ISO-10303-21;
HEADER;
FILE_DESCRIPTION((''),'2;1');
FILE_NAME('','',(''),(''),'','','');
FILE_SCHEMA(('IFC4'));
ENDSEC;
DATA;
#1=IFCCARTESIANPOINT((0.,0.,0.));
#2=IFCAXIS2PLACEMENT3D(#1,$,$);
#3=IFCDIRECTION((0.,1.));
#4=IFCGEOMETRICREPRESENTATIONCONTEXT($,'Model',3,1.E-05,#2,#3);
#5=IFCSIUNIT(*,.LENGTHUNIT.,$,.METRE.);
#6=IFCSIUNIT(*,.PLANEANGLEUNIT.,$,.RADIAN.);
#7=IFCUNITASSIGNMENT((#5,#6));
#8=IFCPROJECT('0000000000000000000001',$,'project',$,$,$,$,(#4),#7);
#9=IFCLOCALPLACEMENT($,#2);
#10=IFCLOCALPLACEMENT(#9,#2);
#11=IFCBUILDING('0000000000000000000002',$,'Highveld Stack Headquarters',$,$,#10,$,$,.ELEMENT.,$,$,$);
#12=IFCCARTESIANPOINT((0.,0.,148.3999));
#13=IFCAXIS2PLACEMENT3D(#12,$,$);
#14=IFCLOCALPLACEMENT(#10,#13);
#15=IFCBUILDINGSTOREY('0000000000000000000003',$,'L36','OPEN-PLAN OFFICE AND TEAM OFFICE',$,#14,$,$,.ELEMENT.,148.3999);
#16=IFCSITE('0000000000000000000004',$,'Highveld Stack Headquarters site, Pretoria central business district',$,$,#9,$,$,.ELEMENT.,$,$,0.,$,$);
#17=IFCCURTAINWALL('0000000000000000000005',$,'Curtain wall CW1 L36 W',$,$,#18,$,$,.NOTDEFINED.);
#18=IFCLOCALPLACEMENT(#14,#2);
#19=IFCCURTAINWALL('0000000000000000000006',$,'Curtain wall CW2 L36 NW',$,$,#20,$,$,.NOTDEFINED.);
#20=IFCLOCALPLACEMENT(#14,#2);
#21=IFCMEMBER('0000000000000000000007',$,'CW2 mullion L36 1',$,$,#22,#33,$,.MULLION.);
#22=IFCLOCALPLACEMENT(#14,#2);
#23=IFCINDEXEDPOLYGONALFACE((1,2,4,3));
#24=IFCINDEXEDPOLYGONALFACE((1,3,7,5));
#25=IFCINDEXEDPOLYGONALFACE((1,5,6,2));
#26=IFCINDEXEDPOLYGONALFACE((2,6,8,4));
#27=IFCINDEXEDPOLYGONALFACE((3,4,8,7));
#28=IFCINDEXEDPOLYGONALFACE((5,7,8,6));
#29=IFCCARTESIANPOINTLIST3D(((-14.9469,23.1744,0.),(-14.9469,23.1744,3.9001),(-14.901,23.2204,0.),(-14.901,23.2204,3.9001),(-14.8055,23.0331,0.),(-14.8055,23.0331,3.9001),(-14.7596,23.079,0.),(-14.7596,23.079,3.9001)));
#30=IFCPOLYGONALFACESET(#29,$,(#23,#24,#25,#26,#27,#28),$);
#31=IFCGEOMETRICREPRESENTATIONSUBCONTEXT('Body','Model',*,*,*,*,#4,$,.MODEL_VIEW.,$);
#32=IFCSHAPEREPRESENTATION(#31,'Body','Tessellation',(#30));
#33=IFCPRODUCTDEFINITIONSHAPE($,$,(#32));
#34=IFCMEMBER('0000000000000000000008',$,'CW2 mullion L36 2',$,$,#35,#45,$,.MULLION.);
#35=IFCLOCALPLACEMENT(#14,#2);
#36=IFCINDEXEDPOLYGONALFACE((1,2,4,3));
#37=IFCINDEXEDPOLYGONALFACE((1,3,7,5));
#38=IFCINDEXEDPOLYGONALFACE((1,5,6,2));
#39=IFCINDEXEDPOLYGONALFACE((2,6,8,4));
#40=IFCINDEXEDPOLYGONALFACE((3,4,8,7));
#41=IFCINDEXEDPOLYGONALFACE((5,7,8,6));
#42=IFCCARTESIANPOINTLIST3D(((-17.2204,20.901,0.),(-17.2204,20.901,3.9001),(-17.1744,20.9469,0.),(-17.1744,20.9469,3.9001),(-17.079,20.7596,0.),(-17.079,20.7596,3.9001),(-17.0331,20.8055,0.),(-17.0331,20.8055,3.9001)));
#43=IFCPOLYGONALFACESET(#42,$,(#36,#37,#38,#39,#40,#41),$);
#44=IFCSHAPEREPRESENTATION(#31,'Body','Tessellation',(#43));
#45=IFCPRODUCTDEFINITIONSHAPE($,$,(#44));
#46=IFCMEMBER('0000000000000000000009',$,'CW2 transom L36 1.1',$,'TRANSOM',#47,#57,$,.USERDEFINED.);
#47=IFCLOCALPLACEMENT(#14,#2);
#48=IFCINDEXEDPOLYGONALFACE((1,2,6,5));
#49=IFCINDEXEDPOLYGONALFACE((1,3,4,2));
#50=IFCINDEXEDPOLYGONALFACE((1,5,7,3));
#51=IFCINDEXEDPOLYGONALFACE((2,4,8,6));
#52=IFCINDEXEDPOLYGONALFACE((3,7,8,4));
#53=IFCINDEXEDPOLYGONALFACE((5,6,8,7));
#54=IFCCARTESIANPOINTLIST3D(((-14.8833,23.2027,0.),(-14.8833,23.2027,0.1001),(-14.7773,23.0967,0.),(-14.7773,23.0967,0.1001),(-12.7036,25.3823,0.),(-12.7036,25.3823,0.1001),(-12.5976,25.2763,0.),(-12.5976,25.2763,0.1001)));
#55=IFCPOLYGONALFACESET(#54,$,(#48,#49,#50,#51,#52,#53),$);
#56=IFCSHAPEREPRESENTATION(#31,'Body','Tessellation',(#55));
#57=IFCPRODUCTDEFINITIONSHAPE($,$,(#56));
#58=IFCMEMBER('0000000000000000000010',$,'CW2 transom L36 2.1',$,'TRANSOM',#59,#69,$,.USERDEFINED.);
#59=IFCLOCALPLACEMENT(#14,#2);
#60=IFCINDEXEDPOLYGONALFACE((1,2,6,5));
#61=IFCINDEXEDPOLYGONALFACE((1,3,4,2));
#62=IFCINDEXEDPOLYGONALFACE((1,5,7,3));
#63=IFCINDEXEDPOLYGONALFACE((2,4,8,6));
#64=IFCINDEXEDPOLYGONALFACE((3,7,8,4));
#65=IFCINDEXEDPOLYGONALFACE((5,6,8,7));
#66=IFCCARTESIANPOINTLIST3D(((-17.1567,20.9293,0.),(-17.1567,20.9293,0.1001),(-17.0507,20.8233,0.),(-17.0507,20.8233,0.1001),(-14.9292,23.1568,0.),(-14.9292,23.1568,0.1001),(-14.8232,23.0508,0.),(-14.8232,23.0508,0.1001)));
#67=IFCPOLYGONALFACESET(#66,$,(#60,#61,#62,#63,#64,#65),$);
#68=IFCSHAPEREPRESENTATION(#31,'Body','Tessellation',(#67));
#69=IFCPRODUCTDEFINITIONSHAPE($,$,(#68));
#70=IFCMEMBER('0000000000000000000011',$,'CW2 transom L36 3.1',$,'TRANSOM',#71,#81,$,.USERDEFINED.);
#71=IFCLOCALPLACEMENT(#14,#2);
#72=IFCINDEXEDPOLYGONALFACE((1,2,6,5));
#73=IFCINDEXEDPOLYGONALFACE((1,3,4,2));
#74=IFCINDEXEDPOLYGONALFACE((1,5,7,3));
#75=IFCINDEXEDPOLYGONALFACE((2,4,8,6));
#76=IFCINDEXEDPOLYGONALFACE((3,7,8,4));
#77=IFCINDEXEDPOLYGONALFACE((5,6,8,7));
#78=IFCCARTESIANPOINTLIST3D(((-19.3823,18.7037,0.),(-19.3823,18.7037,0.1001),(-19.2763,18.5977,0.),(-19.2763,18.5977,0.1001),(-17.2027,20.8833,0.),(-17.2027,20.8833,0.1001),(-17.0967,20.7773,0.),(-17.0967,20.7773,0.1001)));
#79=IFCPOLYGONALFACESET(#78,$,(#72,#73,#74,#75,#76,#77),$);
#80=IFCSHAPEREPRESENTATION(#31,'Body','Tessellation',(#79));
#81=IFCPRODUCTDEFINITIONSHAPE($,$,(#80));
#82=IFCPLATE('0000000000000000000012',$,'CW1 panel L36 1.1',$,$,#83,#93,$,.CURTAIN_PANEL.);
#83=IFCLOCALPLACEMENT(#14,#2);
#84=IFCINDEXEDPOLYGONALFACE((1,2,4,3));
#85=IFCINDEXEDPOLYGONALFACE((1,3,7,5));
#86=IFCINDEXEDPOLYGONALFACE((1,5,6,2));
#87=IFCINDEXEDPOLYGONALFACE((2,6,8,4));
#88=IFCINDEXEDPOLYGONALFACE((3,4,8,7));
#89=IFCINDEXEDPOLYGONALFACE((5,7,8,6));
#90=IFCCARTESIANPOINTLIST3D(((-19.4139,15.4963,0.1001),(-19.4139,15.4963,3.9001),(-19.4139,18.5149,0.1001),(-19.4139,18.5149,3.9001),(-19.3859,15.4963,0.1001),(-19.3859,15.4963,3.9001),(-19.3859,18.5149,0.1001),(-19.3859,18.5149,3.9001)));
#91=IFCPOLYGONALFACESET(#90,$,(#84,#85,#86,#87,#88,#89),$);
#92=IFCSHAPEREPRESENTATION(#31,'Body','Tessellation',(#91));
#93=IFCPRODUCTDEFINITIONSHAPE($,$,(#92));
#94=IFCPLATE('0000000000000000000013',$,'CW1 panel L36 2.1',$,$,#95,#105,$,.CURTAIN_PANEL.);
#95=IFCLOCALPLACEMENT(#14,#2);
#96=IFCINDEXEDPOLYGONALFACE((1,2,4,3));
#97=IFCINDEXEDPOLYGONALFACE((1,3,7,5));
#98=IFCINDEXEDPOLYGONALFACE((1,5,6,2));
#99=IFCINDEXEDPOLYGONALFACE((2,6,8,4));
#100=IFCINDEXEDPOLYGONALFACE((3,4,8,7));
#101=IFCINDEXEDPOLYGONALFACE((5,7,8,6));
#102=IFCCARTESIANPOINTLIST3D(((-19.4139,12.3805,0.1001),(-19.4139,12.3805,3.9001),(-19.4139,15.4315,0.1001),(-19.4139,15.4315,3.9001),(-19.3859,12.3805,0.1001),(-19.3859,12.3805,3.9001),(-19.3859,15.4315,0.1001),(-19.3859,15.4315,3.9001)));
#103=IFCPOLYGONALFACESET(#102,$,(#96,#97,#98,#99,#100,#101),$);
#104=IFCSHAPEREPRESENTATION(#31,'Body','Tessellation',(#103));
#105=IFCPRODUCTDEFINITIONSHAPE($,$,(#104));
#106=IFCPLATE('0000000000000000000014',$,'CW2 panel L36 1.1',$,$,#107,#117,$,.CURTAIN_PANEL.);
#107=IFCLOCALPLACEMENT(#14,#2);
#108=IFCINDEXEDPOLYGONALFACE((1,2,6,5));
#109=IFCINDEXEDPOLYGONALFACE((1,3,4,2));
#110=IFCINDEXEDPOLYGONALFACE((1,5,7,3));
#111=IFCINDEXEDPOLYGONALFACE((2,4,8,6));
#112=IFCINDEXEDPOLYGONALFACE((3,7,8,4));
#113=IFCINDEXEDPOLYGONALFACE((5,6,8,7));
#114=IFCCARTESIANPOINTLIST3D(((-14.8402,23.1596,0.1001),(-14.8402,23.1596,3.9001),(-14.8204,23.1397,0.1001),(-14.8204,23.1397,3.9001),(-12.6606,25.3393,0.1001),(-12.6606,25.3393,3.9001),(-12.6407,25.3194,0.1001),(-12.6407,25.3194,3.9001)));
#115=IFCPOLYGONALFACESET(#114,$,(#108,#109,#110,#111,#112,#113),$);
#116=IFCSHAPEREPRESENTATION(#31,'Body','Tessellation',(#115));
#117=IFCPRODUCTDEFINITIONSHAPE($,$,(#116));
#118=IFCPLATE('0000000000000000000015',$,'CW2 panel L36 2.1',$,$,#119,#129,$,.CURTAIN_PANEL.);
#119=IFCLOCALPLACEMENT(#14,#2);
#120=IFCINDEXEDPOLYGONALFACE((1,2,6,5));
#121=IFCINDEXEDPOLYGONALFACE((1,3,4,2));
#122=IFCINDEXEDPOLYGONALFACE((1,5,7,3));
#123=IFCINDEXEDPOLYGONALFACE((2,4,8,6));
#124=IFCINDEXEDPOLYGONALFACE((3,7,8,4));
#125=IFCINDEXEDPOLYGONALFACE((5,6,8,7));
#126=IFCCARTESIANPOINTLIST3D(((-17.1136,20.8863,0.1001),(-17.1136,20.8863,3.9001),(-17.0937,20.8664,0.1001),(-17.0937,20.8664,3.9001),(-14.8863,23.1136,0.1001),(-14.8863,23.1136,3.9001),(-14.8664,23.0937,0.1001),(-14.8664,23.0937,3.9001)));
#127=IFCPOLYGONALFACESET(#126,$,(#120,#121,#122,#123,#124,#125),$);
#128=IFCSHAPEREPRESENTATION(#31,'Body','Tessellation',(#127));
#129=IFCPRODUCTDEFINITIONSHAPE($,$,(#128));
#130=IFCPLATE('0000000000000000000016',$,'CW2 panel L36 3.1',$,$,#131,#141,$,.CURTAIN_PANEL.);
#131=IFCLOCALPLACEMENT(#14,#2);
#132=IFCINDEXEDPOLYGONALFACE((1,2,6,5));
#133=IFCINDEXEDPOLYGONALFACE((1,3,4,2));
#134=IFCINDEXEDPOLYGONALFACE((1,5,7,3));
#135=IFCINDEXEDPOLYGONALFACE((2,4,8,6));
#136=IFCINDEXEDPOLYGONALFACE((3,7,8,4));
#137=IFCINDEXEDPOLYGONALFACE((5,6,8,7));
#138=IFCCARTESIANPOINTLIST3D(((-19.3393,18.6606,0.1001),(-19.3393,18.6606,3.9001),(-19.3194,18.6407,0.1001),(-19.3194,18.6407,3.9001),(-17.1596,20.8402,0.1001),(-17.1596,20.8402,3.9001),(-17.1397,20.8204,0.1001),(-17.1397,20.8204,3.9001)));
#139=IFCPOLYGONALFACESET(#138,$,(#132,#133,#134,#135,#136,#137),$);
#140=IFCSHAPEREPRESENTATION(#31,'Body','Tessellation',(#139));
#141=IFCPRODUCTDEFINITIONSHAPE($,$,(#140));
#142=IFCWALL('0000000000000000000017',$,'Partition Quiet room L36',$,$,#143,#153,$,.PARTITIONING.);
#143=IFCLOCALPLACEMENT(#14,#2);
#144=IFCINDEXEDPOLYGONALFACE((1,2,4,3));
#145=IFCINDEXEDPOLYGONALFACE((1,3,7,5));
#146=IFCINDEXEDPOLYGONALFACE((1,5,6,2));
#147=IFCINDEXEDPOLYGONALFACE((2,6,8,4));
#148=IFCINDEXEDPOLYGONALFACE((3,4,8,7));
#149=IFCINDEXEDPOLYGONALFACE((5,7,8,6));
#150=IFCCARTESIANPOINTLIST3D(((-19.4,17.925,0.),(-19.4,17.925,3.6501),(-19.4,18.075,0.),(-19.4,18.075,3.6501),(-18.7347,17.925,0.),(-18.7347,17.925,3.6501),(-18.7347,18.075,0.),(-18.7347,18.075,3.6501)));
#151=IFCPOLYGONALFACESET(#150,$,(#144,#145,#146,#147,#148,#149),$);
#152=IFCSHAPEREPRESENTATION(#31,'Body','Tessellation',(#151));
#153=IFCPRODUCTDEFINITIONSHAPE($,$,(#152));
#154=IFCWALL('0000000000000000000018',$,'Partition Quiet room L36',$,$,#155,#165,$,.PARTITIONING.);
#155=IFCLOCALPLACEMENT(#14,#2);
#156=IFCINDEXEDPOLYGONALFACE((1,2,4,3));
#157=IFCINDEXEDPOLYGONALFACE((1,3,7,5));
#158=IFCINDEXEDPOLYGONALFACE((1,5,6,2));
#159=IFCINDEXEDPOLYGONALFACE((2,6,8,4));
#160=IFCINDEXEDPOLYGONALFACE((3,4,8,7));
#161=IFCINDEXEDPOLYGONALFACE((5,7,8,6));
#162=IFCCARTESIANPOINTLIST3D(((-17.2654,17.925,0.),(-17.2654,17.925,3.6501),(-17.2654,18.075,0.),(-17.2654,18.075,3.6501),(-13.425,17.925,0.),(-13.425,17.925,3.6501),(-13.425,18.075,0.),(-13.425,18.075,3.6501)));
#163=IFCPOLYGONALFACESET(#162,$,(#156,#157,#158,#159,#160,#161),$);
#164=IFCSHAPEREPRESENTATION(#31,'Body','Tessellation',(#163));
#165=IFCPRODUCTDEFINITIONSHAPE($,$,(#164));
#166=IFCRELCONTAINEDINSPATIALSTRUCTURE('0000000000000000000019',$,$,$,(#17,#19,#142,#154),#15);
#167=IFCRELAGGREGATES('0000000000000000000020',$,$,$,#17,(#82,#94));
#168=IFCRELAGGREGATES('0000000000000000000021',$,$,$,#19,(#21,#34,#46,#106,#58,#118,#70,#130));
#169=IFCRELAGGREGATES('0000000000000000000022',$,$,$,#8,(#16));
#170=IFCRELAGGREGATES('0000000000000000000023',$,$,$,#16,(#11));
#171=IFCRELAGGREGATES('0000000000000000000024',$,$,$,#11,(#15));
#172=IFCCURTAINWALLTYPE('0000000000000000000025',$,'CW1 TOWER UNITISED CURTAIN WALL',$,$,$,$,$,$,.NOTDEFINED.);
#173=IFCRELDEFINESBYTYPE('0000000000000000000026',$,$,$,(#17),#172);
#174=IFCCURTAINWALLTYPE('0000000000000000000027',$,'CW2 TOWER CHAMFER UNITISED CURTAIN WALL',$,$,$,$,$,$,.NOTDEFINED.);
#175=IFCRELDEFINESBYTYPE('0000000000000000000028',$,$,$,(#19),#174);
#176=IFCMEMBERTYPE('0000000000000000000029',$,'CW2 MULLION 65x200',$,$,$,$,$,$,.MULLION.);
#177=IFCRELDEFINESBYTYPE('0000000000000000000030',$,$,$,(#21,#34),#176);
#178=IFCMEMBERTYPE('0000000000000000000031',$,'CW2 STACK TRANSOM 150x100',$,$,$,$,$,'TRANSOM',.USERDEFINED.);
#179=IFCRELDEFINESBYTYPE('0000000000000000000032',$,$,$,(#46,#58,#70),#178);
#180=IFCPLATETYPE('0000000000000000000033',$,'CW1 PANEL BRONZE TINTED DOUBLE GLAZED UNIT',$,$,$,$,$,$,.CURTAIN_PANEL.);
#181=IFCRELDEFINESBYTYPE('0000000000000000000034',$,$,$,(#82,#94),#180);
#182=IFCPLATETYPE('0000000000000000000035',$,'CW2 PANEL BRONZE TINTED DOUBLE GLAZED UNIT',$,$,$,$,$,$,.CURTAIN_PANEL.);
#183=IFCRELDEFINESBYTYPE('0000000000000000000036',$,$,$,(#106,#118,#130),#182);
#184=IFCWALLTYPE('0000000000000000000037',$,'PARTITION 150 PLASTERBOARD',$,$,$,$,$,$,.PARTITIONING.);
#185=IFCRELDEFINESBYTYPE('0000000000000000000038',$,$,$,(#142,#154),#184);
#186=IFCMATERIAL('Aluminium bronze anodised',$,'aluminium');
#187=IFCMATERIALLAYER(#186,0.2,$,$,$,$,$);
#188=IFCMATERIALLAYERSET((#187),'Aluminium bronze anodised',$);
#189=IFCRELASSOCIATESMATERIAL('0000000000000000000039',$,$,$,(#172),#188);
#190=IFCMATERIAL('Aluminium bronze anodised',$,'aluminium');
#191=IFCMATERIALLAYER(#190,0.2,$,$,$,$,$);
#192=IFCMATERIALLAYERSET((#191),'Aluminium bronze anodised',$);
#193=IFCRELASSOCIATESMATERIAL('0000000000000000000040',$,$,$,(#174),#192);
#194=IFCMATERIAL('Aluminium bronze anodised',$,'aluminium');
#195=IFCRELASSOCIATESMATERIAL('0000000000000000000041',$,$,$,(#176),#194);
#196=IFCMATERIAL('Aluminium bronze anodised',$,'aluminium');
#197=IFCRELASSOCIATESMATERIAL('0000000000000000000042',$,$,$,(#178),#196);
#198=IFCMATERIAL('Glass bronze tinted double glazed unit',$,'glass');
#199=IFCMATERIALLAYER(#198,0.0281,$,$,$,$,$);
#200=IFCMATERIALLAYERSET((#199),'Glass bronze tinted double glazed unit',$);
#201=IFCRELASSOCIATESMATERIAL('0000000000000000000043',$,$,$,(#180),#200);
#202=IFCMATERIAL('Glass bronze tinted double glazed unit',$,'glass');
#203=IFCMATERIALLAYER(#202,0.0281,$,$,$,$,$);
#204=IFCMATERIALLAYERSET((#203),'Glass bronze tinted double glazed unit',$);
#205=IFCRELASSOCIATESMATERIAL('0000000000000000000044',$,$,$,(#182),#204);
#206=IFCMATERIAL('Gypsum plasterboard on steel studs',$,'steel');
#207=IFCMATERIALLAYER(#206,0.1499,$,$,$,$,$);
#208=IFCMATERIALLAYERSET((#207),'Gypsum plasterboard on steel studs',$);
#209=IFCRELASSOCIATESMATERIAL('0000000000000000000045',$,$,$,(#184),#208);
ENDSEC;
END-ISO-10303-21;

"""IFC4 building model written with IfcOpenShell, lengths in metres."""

from ifc_helpers import new_model, si_unit, direction, frame, frame_2d, origin, origin_2d, place, context, subcontext, project, spatial, rectangle, extrude, material, layer, layer_set, material_profile, profile_set, type_object, element, aggregate, save


model = new_model("IFC4")

# Units and contexts
model_context = context("Model", 3, precision=1e-05, world=origin(), true_north=direction((0.0, 1.0)))
body_context = subcontext(model_context, "Body", "Model", "MODEL_VIEW")
ifc_project = project(units=[si_unit("LENGTHUNIT", "METRE"), si_unit("PLANEANGLEUNIT", "RADIAN")], contexts=[model_context])

# Site, building, storey
site_placement = place(None, origin())
site = spatial("IfcSite", under=ifc_project, at=site_placement, Name="Highveld Stack Headquarters site, Pretoria central business district", CompositionType="ELEMENT", RefElevation=0.0)
building_placement = place(site_placement, origin())
building = spatial("IfcBuilding", under=site, at=building_placement, Name="Highveld Stack Headquarters", CompositionType="ELEMENT")
storey_placement = place(building_placement, frame((0.0, 0.0, 148.3999)))
storey = spatial("IfcBuildingStorey", under=building, at=storey_placement, Name="L36", Description="OPEN-PLAN OFFICE AND TEAM OFFICE", CompositionType="ELEMENT", Elevation=148.3999)

# Shared definitions
ifc_material_1 = material(Name="Aluminium bronze anodised", Category="aluminium")
ifc_layer_1 = layer(ifc_material_1, 0.2)
ifc_layer_set_1 = layer_set([ifc_layer_1], Name="Aluminium bronze anodised")
curtain_wall_type_1 = type_object("IfcCurtainWallType", Name="CW1 TOWER UNITISED CURTAIN WALL", PredefinedType="NOTDEFINED", material=ifc_layer_set_1)

# Curtain wall
curtain_wall_1_placement = place(storey_placement, origin())
curtain_wall_1 = element("IfcCurtainWall", 1, at=curtain_wall_1_placement, inside=storey, type_object=curtain_wall_type_1, Name="Curtain wall CW1 L36 W", PredefinedType="NOTDEFINED")

# Curtain wall, members
ifc_material_2 = material(Name="Aluminium bronze anodised", Category="aluminium")
ifc_layer_2 = layer(ifc_material_2, 0.2)
ifc_layer_set_2 = layer_set([ifc_layer_2], Name="Aluminium bronze anodised")
curtain_wall_type_2 = type_object("IfcCurtainWallType", Name="CW2 TOWER CHAMFER UNITISED CURTAIN WALL", PredefinedType="NOTDEFINED", material=ifc_layer_set_2)
curtain_wall_2_placement = place(storey_placement, origin())
curtain_wall_2 = element("IfcCurtainWall", 2, at=curtain_wall_2_placement, inside=storey, type_object=curtain_wall_type_2, Name="Curtain wall CW2 L36 NW", PredefinedType="NOTDEFINED")
ifc_material_3 = material(Name="Aluminium bronze anodised", Category="aluminium")
ifc_material_profile_1 = material_profile(ifc_material_3, rectangle(XDim=0.2, YDim=0.0649, at=origin_2d()), Name="CW2 MULLION 65x200")
ifc_profile_set_1 = profile_set([ifc_material_profile_1], Name="Aluminium bronze anodised")
member_type_1 = type_object("IfcMemberType", Name="CW2 MULLION 65x200", PredefinedType="MULLION", material=ifc_profile_set_1)
member_1_placement = place(storey_placement, frame((-14.8533, 23.1267, 0.0), z_axis=(0.0, 0.0, 1.0), x_axis=(0.707107, -0.707107, 0.0)))
member_1 = element("IfcMember", 3, at=member_1_placement, type_object=member_type_1, Name="CW2 mullion L36 1", PredefinedType="MULLION", context=body_context, shape_type="SweptSolid", body=[
    extrude(rectangle(XDim=0.2, YDim=0.0649, at=origin_2d()), origin(), (0.0, 0.0, 1.0), 3.9001),
])
member_2_placement = place(storey_placement, frame((-17.1267, 20.8533, 0.0), z_axis=(0.0, 0.0, 1.0), x_axis=(0.707107, -0.707107, 0.0)))
member_2 = element("IfcMember", 4, at=member_2_placement, type_object=member_type_1, Name="CW2 mullion L36 2", PredefinedType="MULLION", context=body_context, shape_type="SweptSolid", body=[
    extrude(rectangle(XDim=0.2, YDim=0.0649, at=origin_2d()), origin(), (0.0, 0.0, 1.0), 3.9001),
])
ifc_material_4 = material(Name="Aluminium bronze anodised", Category="aluminium")
ifc_material_profile_2 = material_profile(ifc_material_4, rectangle(XDim=0.1499, YDim=0.1001, at=origin_2d()), Name="CW2 TRANSOM 150x100")
ifc_profile_set_2 = profile_set([ifc_material_profile_2], Name="Aluminium bronze anodised")
member_type_2 = type_object("IfcMemberType", Name="CW2 STACK TRANSOM 150x100", ElementType="TRANSOM", PredefinedType="USERDEFINED", material=ifc_profile_set_2)
member_3_placement = place(storey_placement, frame((-12.6506, 25.3293, 0.05), z_axis=(-0.707107, -0.707107, 0.0), x_axis=(0.707107, -0.707107, 0.0)))
member_3 = element("IfcMember", 5, at=member_3_placement, type_object=member_type_2, Name="CW2 transom L36 1.1", ObjectType="TRANSOM", PredefinedType="USERDEFINED", context=body_context, shape_type="SweptSolid", body=[
    extrude(rectangle(XDim=0.1499, YDim=0.1001, at=origin_2d()), origin(), (0.0, 0.0, 1.0), 3.0825),
])
member_4_placement = place(storey_placement, frame((-14.8762, 23.1038, 0.05), z_axis=(-0.707107, -0.707107, 0.0), x_axis=(0.707107, -0.707107, 0.0)))
member_4 = element("IfcMember", 6, at=member_4_placement, type_object=member_type_2, Name="CW2 transom L36 2.1", ObjectType="TRANSOM", PredefinedType="USERDEFINED", context=body_context, shape_type="SweptSolid", body=[
    extrude(rectangle(XDim=0.1499, YDim=0.1001, at=origin_2d()), origin(), (0.0, 0.0, 1.0), 3.1501),
])
member_5_placement = place(storey_placement, frame((-17.1497, 20.8303, 0.05), z_axis=(-0.707107, -0.707107, 0.0), x_axis=(0.707107, -0.707107, 0.0)))
member_5 = element("IfcMember", 7, at=member_5_placement, type_object=member_type_2, Name="CW2 transom L36 3.1", ObjectType="TRANSOM", PredefinedType="USERDEFINED", context=body_context, shape_type="SweptSolid", body=[
    extrude(rectangle(XDim=0.1499, YDim=0.1001, at=origin_2d()), origin(), (0.0, 0.0, 1.0), 3.0825),
])

# Plates
ifc_material_5 = material(Name="Glass bronze tinted double glazed unit", Category="glass")
ifc_layer_3 = layer(ifc_material_5, 0.0281)
ifc_layer_set_3 = layer_set([ifc_layer_3], Name="Glass bronze tinted double glazed unit")
plate_type_1 = type_object("IfcPlateType", Name="CW1 PANEL BRONZE TINTED DOUBLE GLAZED UNIT", PredefinedType="CURTAIN_PANEL", material=ifc_layer_set_3)
plate_1_placement = place(storey_placement, frame((-19.3999, 17.0056, 0.1001), z_axis=(0.0, 0.0, 1.0), x_axis=(0.0, -1.0, 0.0)))
plate_1 = element("IfcPlate", 8, at=plate_1_placement, type_object=plate_type_1, Name="CW1 panel L36 1.1", PredefinedType="CURTAIN_PANEL", context=body_context, shape_type="SweptSolid", body=[
    extrude(rectangle(XDim=3.0186, YDim=0.0281, at=origin_2d()), origin(), (0.0, 0.0, 1.0), 3.8),
])
plate_2_placement = place(storey_placement, frame((-19.3999, 13.906, 0.1001), z_axis=(0.0, 0.0, 1.0), x_axis=(0.0, -1.0, 0.0)))
plate_2 = element("IfcPlate", 9, at=plate_2_placement, type_object=plate_type_1, Name="CW1 panel L36 2.1", PredefinedType="CURTAIN_PANEL", context=body_context, shape_type="SweptSolid", body=[
    extrude(rectangle(XDim=3.051, YDim=0.0281, at=origin_2d()), origin(), (0.0, 0.0, 1.0), 3.8),
])
aggregate(curtain_wall_1, [plate_1, plate_2])
ifc_material_6 = material(Name="Glass bronze tinted double glazed unit", Category="glass")
ifc_layer_4 = layer(ifc_material_6, 0.0281)
ifc_layer_set_4 = layer_set([ifc_layer_4], Name="Glass bronze tinted double glazed unit")
plate_type_2 = type_object("IfcPlateType", Name="CW2 PANEL BRONZE TINTED DOUBLE GLAZED UNIT", PredefinedType="CURTAIN_PANEL", material=ifc_layer_set_4)
plate_3_placement = place(storey_placement, frame((-13.7405, 24.2395, 0.1001), z_axis=(0.0, 0.0, 1.0), x_axis=(-0.707107, -0.707107, 0.0)))
plate_3 = element("IfcPlate", 10, at=plate_3_placement, type_object=plate_type_2, Name="CW2 panel L36 1.1", PredefinedType="CURTAIN_PANEL", context=body_context, shape_type="SweptSolid", body=[
    extrude(rectangle(XDim=3.0825, YDim=0.0281, at=origin_2d()), origin(), (0.0, 0.0, 1.0), 3.8),
])
plate_4_placement = place(storey_placement, frame((-15.99, 21.99, 0.1001), z_axis=(0.0, 0.0, 1.0), x_axis=(-0.707107, -0.707107, 0.0)))
plate_4 = element("IfcPlate", 11, at=plate_4_placement, type_object=plate_type_2, Name="CW2 panel L36 2.1", PredefinedType="CURTAIN_PANEL", context=body_context, shape_type="SweptSolid", body=[
    extrude(rectangle(XDim=3.1499, YDim=0.0281, at=origin_2d()), origin(), (0.0, 0.0, 1.0), 3.8),
])
plate_5_placement = place(storey_placement, frame((-18.2395, 19.7405, 0.1001), z_axis=(0.0, 0.0, 1.0), x_axis=(-0.707107, -0.707107, 0.0)))
plate_5 = element("IfcPlate", 12, at=plate_5_placement, type_object=plate_type_2, Name="CW2 panel L36 3.1", PredefinedType="CURTAIN_PANEL", context=body_context, shape_type="SweptSolid", body=[
    extrude(rectangle(XDim=3.0825, YDim=0.0281, at=origin_2d()), origin(), (0.0, 0.0, 1.0), 3.8),
])
aggregate(curtain_wall_2, [member_1, member_2, member_3, plate_3, member_4, plate_4, member_5, plate_5])

# Walls
ifc_material_7 = material(Name="Gypsum plasterboard on steel studs", Category="steel")
ifc_layer_5 = layer(ifc_material_7, 0.1499)
ifc_layer_set_5 = layer_set([ifc_layer_5], Name="Gypsum plasterboard on steel studs")
wall_type = type_object("IfcWallType", Name="PARTITION 150 PLASTERBOARD", PredefinedType="PARTITIONING", material=ifc_layer_set_5)
wall_1_placement = place(storey_placement, frame((-19.3999, 18.0, 0.0), z_axis=(0.0, 0.0, 1.0), x_axis=(1.0, 0.0, 0.0)))
element("IfcWall", 13, at=wall_1_placement, inside=storey, type_object=wall_type, Name="Partition Quiet room L36", PredefinedType="PARTITIONING", context=body_context, shape_type="SweptSolid", body=[
    extrude(rectangle(XDim=0.6653, YDim=0.1499, at=frame_2d((0.3325, 0.0))), origin(), (0.0, 0.0, 1.0), 3.6501),
])
wall_2_placement = place(storey_placement, frame((-17.2654, 18.0, 0.0), z_axis=(0.0, 0.0, 1.0), x_axis=(1.0, 0.0, 0.0)))
element("IfcWall", 14, at=wall_2_placement, inside=storey, type_object=wall_type, Name="Partition Quiet room L36", PredefinedType="PARTITIONING", context=body_context, shape_type="SweptSolid", body=[
    extrude(rectangle(XDim=3.8403, YDim=0.1499, at=frame_2d((1.9202, 0.0))), origin(), (0.0, 0.0, 1.0), 3.6501),
])

save(model, "model.ifc")
